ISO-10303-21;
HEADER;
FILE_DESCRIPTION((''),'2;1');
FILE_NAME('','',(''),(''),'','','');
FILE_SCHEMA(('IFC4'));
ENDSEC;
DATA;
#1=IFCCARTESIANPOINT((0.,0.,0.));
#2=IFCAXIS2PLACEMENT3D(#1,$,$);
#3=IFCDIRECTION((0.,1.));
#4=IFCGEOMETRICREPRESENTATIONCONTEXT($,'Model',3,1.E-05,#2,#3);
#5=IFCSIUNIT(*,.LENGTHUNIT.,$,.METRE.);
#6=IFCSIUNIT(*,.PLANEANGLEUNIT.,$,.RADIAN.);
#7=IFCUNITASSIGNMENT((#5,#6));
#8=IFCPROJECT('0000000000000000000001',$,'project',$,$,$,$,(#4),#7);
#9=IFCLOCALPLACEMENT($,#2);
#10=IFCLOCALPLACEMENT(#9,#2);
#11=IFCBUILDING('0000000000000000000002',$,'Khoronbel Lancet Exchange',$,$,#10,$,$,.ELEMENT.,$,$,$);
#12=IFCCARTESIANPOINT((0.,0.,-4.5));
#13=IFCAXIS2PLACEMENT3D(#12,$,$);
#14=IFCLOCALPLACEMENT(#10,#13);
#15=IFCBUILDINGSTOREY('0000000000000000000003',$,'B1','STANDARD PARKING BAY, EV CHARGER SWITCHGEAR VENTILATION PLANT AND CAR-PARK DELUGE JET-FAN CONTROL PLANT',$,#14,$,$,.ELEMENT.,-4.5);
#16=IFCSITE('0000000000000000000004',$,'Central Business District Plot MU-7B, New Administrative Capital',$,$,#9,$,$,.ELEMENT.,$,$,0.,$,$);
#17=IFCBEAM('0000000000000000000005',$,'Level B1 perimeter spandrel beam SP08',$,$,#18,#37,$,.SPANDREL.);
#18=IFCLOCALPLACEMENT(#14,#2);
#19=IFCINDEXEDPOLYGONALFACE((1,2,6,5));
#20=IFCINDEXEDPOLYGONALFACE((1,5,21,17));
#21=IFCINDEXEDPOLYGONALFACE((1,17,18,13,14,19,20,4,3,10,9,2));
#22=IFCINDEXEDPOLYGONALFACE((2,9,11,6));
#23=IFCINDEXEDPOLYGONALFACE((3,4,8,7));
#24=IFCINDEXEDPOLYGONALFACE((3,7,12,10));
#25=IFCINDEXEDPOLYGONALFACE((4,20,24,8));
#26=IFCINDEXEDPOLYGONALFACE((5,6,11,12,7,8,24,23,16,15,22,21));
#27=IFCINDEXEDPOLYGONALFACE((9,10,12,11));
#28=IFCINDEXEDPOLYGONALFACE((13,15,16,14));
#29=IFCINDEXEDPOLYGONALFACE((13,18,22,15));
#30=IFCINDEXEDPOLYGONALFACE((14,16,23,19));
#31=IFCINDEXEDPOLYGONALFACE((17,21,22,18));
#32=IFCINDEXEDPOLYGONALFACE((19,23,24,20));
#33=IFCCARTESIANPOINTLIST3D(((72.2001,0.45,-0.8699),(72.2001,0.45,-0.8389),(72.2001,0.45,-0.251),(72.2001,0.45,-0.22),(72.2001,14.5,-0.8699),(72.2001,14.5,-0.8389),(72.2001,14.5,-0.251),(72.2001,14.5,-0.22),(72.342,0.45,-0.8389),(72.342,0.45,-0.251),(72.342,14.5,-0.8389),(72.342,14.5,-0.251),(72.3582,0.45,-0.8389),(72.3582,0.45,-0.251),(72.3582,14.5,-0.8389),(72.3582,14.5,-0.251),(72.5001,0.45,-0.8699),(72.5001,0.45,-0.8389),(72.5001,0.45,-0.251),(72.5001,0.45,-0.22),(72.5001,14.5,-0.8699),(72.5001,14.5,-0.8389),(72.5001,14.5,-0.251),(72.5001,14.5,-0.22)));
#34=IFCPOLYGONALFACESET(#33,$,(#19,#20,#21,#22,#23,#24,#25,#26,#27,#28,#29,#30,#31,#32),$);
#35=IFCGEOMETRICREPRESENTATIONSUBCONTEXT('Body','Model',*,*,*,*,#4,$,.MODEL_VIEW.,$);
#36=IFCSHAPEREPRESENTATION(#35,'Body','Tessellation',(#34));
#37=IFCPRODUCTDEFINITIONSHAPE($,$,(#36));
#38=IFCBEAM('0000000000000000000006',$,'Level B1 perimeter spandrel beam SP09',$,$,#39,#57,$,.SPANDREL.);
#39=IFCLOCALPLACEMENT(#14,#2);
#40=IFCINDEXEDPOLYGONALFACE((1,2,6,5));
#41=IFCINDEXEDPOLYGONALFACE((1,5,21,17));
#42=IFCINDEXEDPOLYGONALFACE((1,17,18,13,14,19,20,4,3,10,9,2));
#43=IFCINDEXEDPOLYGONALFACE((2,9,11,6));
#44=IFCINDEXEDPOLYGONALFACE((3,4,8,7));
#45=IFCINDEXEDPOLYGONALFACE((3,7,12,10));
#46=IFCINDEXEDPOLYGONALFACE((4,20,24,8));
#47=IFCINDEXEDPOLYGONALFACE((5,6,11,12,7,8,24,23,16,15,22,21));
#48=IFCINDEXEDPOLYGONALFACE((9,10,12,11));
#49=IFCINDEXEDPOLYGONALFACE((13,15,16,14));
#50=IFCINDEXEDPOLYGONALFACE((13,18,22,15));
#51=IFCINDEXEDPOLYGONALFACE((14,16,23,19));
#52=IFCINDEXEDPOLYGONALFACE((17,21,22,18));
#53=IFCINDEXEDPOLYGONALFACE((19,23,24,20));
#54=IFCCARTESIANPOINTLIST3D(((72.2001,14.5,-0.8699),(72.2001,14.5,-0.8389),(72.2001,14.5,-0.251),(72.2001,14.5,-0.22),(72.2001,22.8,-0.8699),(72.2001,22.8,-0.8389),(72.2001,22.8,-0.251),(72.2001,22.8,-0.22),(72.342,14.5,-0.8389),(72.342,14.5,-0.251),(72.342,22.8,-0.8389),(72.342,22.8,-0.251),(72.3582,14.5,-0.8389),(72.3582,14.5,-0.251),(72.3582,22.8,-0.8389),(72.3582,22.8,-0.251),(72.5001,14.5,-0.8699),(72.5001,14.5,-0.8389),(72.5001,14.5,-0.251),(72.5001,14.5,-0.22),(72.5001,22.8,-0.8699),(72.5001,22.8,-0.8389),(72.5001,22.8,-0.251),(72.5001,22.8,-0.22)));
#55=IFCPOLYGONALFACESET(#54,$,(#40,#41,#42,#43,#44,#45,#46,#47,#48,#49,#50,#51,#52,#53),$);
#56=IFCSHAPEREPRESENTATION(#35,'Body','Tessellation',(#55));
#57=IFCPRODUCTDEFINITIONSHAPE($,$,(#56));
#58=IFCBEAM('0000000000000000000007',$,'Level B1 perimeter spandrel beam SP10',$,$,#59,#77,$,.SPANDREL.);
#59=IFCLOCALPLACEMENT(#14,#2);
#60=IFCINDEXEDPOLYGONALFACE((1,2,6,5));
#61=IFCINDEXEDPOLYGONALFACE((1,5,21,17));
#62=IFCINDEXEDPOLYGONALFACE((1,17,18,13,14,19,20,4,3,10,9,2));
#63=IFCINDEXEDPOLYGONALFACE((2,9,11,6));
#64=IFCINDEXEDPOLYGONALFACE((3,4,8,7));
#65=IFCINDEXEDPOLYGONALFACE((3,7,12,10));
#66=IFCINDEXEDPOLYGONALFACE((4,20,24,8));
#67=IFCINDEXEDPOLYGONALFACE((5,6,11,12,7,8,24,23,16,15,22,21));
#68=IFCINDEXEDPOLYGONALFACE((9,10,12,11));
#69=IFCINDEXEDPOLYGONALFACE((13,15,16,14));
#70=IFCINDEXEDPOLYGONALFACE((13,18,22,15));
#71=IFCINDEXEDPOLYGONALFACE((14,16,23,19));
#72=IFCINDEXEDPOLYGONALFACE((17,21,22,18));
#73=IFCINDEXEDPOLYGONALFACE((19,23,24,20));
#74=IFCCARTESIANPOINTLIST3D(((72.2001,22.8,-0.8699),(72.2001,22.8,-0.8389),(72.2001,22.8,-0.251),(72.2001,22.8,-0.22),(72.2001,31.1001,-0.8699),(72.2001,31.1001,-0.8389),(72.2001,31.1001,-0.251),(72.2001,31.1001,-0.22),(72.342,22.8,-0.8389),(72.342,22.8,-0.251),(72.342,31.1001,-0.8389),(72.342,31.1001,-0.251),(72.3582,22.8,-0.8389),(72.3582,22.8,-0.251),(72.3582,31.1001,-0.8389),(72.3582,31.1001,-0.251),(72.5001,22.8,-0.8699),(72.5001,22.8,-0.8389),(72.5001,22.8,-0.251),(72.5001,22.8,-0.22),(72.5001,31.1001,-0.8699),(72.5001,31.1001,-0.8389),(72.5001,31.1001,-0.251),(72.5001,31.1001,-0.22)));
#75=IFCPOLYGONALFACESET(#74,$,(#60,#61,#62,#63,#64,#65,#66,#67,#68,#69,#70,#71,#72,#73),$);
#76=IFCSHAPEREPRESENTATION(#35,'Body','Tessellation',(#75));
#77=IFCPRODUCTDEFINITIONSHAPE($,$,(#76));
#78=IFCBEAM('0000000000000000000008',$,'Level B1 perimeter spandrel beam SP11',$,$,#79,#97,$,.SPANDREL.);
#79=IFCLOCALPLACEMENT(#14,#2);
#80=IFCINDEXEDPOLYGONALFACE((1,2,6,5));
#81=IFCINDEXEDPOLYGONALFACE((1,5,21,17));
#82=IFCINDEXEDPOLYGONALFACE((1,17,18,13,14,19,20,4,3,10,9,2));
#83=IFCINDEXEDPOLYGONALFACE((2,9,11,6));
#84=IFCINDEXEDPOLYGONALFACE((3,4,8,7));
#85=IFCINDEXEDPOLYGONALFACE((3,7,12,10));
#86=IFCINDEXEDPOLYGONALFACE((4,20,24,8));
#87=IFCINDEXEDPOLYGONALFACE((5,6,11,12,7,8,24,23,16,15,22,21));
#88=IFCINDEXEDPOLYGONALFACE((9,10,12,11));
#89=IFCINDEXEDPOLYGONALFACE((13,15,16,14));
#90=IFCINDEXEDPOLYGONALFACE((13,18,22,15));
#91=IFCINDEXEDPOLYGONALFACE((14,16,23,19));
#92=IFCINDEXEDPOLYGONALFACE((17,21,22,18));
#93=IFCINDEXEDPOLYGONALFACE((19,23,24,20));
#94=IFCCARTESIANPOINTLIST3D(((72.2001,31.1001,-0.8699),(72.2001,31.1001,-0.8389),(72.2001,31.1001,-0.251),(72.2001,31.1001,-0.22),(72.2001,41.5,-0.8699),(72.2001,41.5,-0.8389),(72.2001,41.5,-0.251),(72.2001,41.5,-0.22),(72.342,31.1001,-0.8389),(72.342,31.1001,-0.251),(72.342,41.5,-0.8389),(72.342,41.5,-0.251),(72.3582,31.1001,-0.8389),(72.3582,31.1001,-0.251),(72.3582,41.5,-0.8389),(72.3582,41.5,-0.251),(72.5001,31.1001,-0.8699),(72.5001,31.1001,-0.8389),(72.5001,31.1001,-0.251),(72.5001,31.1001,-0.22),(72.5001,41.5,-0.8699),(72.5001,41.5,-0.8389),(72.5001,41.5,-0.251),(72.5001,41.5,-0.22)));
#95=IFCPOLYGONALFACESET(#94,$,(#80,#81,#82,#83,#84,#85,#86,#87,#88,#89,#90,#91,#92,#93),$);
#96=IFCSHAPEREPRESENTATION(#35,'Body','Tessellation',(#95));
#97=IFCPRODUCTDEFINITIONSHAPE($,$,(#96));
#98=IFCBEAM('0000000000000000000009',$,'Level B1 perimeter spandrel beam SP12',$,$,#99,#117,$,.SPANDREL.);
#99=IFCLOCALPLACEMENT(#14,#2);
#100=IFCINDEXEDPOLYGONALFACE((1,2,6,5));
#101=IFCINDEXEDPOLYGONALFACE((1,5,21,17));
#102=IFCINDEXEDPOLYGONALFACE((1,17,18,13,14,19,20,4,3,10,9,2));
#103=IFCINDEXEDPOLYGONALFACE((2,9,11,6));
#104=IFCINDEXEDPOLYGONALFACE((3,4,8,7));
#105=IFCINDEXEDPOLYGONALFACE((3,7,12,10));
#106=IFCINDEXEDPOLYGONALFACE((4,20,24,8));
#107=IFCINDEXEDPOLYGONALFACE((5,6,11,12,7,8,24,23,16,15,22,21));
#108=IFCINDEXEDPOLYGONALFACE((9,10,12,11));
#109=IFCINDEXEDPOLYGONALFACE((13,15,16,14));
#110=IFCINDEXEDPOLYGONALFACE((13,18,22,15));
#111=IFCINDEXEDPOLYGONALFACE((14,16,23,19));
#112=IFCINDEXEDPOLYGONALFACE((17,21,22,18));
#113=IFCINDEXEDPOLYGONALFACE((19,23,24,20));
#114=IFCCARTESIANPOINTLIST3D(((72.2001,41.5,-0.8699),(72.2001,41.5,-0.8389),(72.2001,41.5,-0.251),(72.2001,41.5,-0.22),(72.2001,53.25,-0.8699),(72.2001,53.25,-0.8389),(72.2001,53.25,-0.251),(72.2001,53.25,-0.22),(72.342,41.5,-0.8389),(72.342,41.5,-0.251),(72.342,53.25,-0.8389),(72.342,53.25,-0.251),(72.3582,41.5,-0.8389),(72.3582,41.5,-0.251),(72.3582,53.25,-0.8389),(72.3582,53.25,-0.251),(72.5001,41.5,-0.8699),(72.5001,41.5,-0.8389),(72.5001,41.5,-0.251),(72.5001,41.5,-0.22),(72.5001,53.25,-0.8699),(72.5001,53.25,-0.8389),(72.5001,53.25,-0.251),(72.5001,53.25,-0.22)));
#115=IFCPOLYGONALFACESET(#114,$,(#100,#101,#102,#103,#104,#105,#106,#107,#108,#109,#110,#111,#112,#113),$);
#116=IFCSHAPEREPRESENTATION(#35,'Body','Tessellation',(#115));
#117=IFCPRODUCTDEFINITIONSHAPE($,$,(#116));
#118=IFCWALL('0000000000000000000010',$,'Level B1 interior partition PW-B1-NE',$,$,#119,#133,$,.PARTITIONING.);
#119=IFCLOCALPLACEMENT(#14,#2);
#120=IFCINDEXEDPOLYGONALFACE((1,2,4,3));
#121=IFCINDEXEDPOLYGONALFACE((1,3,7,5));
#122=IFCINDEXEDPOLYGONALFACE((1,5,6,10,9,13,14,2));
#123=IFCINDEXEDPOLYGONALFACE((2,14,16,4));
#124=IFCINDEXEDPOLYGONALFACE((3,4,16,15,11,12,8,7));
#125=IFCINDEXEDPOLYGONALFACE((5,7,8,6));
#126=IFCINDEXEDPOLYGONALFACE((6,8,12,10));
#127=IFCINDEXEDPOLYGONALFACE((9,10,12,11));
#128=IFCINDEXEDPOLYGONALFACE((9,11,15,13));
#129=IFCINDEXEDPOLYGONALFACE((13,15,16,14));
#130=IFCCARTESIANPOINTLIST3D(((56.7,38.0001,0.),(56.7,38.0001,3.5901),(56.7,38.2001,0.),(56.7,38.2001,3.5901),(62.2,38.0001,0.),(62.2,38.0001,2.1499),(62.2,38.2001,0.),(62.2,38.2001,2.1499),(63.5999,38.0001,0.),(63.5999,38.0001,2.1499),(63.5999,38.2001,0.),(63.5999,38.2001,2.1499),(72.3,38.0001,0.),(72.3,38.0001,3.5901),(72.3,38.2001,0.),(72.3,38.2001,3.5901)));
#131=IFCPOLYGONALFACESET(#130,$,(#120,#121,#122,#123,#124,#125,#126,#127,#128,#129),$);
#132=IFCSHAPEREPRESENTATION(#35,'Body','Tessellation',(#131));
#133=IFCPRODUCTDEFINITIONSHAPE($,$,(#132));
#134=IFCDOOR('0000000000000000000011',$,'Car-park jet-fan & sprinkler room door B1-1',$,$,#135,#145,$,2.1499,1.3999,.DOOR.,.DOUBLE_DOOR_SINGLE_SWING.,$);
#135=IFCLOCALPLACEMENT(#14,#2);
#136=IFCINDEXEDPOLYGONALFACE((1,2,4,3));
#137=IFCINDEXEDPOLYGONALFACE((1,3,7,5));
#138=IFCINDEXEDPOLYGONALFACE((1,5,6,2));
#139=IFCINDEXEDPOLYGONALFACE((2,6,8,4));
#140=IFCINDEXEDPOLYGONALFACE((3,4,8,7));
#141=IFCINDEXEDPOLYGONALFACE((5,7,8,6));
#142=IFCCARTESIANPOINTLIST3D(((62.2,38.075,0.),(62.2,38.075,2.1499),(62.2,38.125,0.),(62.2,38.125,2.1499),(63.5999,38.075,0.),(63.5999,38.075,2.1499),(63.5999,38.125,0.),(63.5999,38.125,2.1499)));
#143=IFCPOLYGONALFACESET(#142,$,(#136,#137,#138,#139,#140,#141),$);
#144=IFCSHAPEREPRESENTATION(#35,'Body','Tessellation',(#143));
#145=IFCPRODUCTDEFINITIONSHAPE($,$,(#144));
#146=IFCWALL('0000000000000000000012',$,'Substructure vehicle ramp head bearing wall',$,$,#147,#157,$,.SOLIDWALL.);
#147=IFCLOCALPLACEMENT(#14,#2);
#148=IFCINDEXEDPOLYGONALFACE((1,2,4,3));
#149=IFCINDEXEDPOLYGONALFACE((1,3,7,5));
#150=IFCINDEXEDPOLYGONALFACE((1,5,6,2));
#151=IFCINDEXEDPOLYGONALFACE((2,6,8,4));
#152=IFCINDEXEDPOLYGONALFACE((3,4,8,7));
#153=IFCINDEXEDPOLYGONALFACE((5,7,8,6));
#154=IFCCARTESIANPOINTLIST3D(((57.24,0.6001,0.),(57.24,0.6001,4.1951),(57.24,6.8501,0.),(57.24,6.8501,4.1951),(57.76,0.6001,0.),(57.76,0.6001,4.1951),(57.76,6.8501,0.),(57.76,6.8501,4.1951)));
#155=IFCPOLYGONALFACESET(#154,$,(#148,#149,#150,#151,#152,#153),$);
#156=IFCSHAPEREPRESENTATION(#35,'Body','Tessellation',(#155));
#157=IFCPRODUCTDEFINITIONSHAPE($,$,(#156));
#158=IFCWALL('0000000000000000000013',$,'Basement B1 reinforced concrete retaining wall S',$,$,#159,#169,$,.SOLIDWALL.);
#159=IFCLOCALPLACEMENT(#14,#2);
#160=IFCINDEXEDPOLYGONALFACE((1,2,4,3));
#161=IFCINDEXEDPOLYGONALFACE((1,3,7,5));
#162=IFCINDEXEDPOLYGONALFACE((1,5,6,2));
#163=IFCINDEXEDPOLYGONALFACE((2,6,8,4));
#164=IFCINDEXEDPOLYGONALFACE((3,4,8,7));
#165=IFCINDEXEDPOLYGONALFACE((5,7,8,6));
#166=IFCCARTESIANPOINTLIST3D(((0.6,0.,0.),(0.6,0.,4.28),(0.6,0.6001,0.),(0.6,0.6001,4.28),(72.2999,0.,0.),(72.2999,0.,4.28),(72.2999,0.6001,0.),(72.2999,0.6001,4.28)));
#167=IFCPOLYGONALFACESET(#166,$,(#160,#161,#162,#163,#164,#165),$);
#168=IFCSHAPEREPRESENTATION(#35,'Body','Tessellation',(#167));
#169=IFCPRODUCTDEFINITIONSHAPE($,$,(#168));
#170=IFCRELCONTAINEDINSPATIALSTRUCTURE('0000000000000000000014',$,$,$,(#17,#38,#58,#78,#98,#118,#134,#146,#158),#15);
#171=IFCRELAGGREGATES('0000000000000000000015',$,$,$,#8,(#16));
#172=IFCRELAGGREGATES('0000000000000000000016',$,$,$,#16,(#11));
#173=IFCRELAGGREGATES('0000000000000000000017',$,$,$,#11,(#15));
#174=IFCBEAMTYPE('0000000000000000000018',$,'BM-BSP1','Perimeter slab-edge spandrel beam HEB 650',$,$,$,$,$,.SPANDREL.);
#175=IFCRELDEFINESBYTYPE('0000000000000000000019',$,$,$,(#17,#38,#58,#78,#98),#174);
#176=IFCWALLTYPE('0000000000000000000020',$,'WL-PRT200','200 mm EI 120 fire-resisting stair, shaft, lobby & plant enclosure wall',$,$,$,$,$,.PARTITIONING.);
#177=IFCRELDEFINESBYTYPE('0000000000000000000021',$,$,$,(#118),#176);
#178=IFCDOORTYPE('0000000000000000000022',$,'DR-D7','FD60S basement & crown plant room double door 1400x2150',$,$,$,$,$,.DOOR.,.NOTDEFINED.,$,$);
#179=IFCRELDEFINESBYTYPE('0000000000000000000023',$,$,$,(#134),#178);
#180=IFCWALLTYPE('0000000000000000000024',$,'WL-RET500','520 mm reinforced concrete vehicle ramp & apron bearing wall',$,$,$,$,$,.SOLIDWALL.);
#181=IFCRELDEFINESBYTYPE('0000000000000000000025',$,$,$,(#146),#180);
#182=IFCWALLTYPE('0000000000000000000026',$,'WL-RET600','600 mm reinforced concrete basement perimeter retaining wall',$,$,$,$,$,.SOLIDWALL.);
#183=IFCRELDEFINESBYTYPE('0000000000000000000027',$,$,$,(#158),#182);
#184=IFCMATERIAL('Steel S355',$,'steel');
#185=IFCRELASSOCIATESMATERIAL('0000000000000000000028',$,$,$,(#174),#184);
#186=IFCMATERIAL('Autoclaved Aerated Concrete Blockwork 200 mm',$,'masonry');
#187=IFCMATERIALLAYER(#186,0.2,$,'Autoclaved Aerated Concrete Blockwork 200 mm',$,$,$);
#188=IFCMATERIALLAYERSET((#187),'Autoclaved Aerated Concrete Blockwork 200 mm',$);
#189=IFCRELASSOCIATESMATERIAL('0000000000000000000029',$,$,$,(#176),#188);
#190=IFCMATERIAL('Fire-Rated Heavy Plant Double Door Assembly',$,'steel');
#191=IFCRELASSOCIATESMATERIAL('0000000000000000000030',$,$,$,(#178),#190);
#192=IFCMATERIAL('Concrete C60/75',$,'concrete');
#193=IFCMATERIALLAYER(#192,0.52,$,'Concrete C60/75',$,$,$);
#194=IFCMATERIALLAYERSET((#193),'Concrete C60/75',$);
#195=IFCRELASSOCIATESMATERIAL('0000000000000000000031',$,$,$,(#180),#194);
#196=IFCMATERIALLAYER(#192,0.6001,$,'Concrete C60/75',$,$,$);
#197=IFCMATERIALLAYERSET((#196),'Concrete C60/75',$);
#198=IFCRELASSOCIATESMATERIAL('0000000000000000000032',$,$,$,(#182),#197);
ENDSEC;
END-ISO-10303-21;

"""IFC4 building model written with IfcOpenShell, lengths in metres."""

from ifc_helpers import new_model, si_unit, direction, frame, frame_2d, origin, origin_2d, place, context, subcontext, project, spatial, rectangle, i_section, extrude, material, layer, layer_set, material_profile, profile_set, type_object, element, fill, save


model = new_model("IFC4")

# Units and contexts
model_context = context("Model", 3, precision=1e-05, world=origin(), true_north=direction((0.0, 1.0)))
body_context = subcontext(model_context, "Body", "Model", "MODEL_VIEW")
ifc_project = project(units=[si_unit("LENGTHUNIT", "METRE"), si_unit("PLANEANGLEUNIT", "RADIAN")], contexts=[model_context])

# Site, building, storey
site_placement = place(None, origin())
site = spatial("IfcSite", under=ifc_project, at=site_placement, Name="Central Business District Plot MU-7B, New Administrative Capital", CompositionType="ELEMENT", RefElevation=0.0)
building_placement = place(site_placement, origin())
building = spatial("IfcBuilding", under=site, at=building_placement, Name="Khoronbel Lancet Exchange", CompositionType="ELEMENT")
storey_placement = place(building_placement, frame((0.0, 0.0, -4.5)))
storey = spatial("IfcBuildingStorey", under=building, at=storey_placement, Name="B1", Description="STANDARD PARKING BAY, EV CHARGER SWITCHGEAR VENTILATION PLANT AND CAR-PARK DELUGE JET-FAN CONTROL PLANT", CompositionType="ELEMENT", Elevation=-4.5)

# Shared definitions
ifc_material_1 = material(Name="Steel S355", Category="steel")
ifc_material_2 = material(Name="Concrete C60/75", Category="concrete")

# Beams
ifc_material_profile_1 = material_profile(ifc_material_1, i_section(OverallWidth=0.3, OverallDepth=0.6499, WebThickness=0.0161, FlangeThickness=0.031, at=origin_2d()), Name="HEB 650")
ifc_profile_set_1 = profile_set([ifc_material_profile_1], Name="Steel S355")
beam_type_1 = type_object("IfcBeamType", Name="BM-BSP1", Description="Perimeter slab-edge spandrel beam HEB 650", PredefinedType="SPANDREL", material=ifc_profile_set_1)
beam_1_placement = place(storey_placement, frame((72.3501, 0.45, -0.5449), z_axis=(0.0, 1.0, 0.0), x_axis=(-1.0, 0.0, 0.0)))
element("IfcBeam", 1, at=beam_1_placement, inside=storey, type_object=beam_type_1, Name="Level B1 perimeter spandrel beam SP08", PredefinedType="SPANDREL", context=body_context, shape_type="SweptSolid", body=[
    extrude(i_section(OverallWidth=0.3, OverallDepth=0.6499, WebThickness=0.0161, FlangeThickness=0.031, at=origin_2d()), origin(), (0.0, 0.0, 1.0), 14.05),
])
for number, where, z_axis, x_axis, name in (
    (2, (72.3501, 14.5, -0.5449), (0.0, 1.0, 0.0), (-1.0, 0.0, 0.0), "Level B1 perimeter spandrel beam SP09"),
    (3, (72.3501, 22.8, -0.5449), (0.0, 1.0, 0.0), (-1.0, 0.0, 0.0), "Level B1 perimeter spandrel beam SP10"),
):
    element("IfcBeam", number, at=place(storey_placement, frame(where, z_axis=z_axis, x_axis=x_axis)), inside=storey, type_object=beam_type_1, Name=name, PredefinedType="SPANDREL", context=body_context, shape_type="SweptSolid", body=[
        extrude(i_section(OverallWidth=0.3, OverallDepth=0.6499, WebThickness=0.0161, FlangeThickness=0.031, at=origin_2d()), origin(), (0.0, 0.0, 1.0), 8.3),
    ])
beam_2_placement = place(storey_placement, frame((72.3501, 31.1001, -0.5449), z_axis=(0.0, 1.0, 0.0), x_axis=(-1.0, 0.0, 0.0)))
element("IfcBeam", 4, at=beam_2_placement, inside=storey, type_object=beam_type_1, Name="Level B1 perimeter spandrel beam SP11", PredefinedType="SPANDREL", context=body_context, shape_type="SweptSolid", body=[
    extrude(i_section(OverallWidth=0.3, OverallDepth=0.6499, WebThickness=0.0161, FlangeThickness=0.031, at=origin_2d()), origin(), (0.0, 0.0, 1.0), 10.3999),
])
beam_3_placement = place(storey_placement, frame((72.3501, 41.5, -0.5449), z_axis=(0.0, 1.0, 0.0), x_axis=(-1.0, 0.0, 0.0)))
element("IfcBeam", 5, at=beam_3_placement, inside=storey, type_object=beam_type_1, Name="Level B1 perimeter spandrel beam SP12", PredefinedType="SPANDREL", context=body_context, shape_type="SweptSolid", body=[
    extrude(i_section(OverallWidth=0.3, OverallDepth=0.6499, WebThickness=0.0161, FlangeThickness=0.031, at=origin_2d()), origin(), (0.0, 0.0, 1.0), 11.75),
])

# Wall, opening, door
ifc_material_3 = material(Name="Autoclaved Aerated Concrete Blockwork 200 mm", Category="masonry")
ifc_layer_1 = layer(ifc_material_3, 0.2, Name="Autoclaved Aerated Concrete Blockwork 200 mm")
ifc_layer_set_1 = layer_set([ifc_layer_1], Name="Autoclaved Aerated Concrete Blockwork 200 mm")
wall_type_1 = type_object("IfcWallType", Name="WL-PRT200", Description="200 mm EI 120 fire-resisting stair, shaft, lobby & plant enclosure wall", PredefinedType="PARTITIONING", material=ifc_layer_set_1)
wall_1_placement = place(storey_placement, frame((56.7, 38.1001, 0.0), z_axis=(0.0, 0.0, 1.0), x_axis=(1.0, 0.0, 0.0)))
wall_1 = element("IfcWall", 6, at=wall_1_placement, inside=storey, type_object=wall_type_1, Name="Level B1 interior partition PW-B1-NE", PredefinedType="PARTITIONING", context=body_context, shape_type="SweptSolid", body=[
    extrude(rectangle(XDim=15.6001, YDim=0.2, at=frame_2d((7.8, 0.0))), origin(), (0.0, 0.0, 1.0), 3.5901),
])
opening_placement = place(wall_1_placement, frame((5.5, 0.0, 0.0)))
opening = element("IfcOpeningElement", 7, at=opening_placement, cuts=wall_1, PredefinedType="OPENING", context=body_context, shape_type="SweptSolid", body=[
    extrude(rectangle(XDim=1.3999, YDim=2.1499, at=frame_2d((0.7, 1.075))), frame((0.0, 0.1099, 0.0), z_axis=(0.0, -1.0, 0.0), x_axis=(1.0, 0.0, 0.0)), (0.0, 0.0, 1.0), 0.22),
])
ifc_material_4 = material(Name="Fire-Rated Heavy Plant Double Door Assembly", Category="steel")
door_type = type_object("IfcDoorType", Name="DR-D7", Description="FD60S basement & crown plant room double door 1400x2150", OperationType="NOTDEFINED", PredefinedType="DOOR", material=ifc_material_4)
door_placement = place(opening_placement, origin())
door = element("IfcDoor", 8, at=door_placement, inside=storey, type_object=door_type, Name="Car-park jet-fan & sprinkler room door B1-1", OperationType="DOUBLE_DOOR_SINGLE_SWING", OverallHeight=2.1499, OverallWidth=1.3999, PredefinedType="DOOR", context=body_context, shape_type="SweptSolid", body=[
    extrude(rectangle(XDim=1.3999, YDim=2.1499, at=frame_2d((0.7, 1.075))), frame((0.0, 0.0249, 0.0), z_axis=(0.0, -1.0, 0.0), x_axis=(1.0, 0.0, 0.0)), (0.0, 0.0, 1.0), 0.05),
])
fill(opening, door)

# Walls
ifc_layer_2 = layer(ifc_material_2, 0.52, Name="Concrete C60/75")
ifc_layer_set_2 = layer_set([ifc_layer_2], Name="Concrete C60/75")
wall_type_2 = type_object("IfcWallType", Name="WL-RET500", Description="520 mm reinforced concrete vehicle ramp & apron bearing wall", PredefinedType="SOLIDWALL", material=ifc_layer_set_2)
wall_2_placement = place(storey_placement, frame((57.5, 0.6001, 0.0), z_axis=(0.0, 0.0, 1.0), x_axis=(0.0, 1.0, 0.0)))
element("IfcWall", 9, at=wall_2_placement, inside=storey, type_object=wall_type_2, Name="Substructure vehicle ramp head bearing wall", PredefinedType="SOLIDWALL", context=body_context, shape_type="SweptSolid", body=[
    extrude(rectangle(XDim=6.25, YDim=0.52, at=frame_2d((3.125, 0.0))), origin(), (0.0, 0.0, 1.0), 4.1951),
])
ifc_layer_3 = layer(ifc_material_2, 0.6001, Name="Concrete C60/75")
ifc_layer_set_3 = layer_set([ifc_layer_3], Name="Concrete C60/75")
wall_type_3 = type_object("IfcWallType", Name="WL-RET600", Description="600 mm reinforced concrete basement perimeter retaining wall", PredefinedType="SOLIDWALL", material=ifc_layer_set_3)
wall_3_placement = place(storey_placement, frame((72.3, 0.3, 0.0), z_axis=(0.0, 0.0, 1.0), x_axis=(-1.0, 0.0, 0.0)))
element("IfcWall", 10, at=wall_3_placement, inside=storey, type_object=wall_type_3, Name="Basement B1 reinforced concrete retaining wall S", PredefinedType="SOLIDWALL", context=body_context, shape_type="SweptSolid", body=[
    extrude(rectangle(XDim=71.7, YDim=0.6001, at=frame_2d((35.8501, 0.0))), origin(), (0.0, 0.0, 1.0), 4.28),
])

save(model, "model.ifc")
